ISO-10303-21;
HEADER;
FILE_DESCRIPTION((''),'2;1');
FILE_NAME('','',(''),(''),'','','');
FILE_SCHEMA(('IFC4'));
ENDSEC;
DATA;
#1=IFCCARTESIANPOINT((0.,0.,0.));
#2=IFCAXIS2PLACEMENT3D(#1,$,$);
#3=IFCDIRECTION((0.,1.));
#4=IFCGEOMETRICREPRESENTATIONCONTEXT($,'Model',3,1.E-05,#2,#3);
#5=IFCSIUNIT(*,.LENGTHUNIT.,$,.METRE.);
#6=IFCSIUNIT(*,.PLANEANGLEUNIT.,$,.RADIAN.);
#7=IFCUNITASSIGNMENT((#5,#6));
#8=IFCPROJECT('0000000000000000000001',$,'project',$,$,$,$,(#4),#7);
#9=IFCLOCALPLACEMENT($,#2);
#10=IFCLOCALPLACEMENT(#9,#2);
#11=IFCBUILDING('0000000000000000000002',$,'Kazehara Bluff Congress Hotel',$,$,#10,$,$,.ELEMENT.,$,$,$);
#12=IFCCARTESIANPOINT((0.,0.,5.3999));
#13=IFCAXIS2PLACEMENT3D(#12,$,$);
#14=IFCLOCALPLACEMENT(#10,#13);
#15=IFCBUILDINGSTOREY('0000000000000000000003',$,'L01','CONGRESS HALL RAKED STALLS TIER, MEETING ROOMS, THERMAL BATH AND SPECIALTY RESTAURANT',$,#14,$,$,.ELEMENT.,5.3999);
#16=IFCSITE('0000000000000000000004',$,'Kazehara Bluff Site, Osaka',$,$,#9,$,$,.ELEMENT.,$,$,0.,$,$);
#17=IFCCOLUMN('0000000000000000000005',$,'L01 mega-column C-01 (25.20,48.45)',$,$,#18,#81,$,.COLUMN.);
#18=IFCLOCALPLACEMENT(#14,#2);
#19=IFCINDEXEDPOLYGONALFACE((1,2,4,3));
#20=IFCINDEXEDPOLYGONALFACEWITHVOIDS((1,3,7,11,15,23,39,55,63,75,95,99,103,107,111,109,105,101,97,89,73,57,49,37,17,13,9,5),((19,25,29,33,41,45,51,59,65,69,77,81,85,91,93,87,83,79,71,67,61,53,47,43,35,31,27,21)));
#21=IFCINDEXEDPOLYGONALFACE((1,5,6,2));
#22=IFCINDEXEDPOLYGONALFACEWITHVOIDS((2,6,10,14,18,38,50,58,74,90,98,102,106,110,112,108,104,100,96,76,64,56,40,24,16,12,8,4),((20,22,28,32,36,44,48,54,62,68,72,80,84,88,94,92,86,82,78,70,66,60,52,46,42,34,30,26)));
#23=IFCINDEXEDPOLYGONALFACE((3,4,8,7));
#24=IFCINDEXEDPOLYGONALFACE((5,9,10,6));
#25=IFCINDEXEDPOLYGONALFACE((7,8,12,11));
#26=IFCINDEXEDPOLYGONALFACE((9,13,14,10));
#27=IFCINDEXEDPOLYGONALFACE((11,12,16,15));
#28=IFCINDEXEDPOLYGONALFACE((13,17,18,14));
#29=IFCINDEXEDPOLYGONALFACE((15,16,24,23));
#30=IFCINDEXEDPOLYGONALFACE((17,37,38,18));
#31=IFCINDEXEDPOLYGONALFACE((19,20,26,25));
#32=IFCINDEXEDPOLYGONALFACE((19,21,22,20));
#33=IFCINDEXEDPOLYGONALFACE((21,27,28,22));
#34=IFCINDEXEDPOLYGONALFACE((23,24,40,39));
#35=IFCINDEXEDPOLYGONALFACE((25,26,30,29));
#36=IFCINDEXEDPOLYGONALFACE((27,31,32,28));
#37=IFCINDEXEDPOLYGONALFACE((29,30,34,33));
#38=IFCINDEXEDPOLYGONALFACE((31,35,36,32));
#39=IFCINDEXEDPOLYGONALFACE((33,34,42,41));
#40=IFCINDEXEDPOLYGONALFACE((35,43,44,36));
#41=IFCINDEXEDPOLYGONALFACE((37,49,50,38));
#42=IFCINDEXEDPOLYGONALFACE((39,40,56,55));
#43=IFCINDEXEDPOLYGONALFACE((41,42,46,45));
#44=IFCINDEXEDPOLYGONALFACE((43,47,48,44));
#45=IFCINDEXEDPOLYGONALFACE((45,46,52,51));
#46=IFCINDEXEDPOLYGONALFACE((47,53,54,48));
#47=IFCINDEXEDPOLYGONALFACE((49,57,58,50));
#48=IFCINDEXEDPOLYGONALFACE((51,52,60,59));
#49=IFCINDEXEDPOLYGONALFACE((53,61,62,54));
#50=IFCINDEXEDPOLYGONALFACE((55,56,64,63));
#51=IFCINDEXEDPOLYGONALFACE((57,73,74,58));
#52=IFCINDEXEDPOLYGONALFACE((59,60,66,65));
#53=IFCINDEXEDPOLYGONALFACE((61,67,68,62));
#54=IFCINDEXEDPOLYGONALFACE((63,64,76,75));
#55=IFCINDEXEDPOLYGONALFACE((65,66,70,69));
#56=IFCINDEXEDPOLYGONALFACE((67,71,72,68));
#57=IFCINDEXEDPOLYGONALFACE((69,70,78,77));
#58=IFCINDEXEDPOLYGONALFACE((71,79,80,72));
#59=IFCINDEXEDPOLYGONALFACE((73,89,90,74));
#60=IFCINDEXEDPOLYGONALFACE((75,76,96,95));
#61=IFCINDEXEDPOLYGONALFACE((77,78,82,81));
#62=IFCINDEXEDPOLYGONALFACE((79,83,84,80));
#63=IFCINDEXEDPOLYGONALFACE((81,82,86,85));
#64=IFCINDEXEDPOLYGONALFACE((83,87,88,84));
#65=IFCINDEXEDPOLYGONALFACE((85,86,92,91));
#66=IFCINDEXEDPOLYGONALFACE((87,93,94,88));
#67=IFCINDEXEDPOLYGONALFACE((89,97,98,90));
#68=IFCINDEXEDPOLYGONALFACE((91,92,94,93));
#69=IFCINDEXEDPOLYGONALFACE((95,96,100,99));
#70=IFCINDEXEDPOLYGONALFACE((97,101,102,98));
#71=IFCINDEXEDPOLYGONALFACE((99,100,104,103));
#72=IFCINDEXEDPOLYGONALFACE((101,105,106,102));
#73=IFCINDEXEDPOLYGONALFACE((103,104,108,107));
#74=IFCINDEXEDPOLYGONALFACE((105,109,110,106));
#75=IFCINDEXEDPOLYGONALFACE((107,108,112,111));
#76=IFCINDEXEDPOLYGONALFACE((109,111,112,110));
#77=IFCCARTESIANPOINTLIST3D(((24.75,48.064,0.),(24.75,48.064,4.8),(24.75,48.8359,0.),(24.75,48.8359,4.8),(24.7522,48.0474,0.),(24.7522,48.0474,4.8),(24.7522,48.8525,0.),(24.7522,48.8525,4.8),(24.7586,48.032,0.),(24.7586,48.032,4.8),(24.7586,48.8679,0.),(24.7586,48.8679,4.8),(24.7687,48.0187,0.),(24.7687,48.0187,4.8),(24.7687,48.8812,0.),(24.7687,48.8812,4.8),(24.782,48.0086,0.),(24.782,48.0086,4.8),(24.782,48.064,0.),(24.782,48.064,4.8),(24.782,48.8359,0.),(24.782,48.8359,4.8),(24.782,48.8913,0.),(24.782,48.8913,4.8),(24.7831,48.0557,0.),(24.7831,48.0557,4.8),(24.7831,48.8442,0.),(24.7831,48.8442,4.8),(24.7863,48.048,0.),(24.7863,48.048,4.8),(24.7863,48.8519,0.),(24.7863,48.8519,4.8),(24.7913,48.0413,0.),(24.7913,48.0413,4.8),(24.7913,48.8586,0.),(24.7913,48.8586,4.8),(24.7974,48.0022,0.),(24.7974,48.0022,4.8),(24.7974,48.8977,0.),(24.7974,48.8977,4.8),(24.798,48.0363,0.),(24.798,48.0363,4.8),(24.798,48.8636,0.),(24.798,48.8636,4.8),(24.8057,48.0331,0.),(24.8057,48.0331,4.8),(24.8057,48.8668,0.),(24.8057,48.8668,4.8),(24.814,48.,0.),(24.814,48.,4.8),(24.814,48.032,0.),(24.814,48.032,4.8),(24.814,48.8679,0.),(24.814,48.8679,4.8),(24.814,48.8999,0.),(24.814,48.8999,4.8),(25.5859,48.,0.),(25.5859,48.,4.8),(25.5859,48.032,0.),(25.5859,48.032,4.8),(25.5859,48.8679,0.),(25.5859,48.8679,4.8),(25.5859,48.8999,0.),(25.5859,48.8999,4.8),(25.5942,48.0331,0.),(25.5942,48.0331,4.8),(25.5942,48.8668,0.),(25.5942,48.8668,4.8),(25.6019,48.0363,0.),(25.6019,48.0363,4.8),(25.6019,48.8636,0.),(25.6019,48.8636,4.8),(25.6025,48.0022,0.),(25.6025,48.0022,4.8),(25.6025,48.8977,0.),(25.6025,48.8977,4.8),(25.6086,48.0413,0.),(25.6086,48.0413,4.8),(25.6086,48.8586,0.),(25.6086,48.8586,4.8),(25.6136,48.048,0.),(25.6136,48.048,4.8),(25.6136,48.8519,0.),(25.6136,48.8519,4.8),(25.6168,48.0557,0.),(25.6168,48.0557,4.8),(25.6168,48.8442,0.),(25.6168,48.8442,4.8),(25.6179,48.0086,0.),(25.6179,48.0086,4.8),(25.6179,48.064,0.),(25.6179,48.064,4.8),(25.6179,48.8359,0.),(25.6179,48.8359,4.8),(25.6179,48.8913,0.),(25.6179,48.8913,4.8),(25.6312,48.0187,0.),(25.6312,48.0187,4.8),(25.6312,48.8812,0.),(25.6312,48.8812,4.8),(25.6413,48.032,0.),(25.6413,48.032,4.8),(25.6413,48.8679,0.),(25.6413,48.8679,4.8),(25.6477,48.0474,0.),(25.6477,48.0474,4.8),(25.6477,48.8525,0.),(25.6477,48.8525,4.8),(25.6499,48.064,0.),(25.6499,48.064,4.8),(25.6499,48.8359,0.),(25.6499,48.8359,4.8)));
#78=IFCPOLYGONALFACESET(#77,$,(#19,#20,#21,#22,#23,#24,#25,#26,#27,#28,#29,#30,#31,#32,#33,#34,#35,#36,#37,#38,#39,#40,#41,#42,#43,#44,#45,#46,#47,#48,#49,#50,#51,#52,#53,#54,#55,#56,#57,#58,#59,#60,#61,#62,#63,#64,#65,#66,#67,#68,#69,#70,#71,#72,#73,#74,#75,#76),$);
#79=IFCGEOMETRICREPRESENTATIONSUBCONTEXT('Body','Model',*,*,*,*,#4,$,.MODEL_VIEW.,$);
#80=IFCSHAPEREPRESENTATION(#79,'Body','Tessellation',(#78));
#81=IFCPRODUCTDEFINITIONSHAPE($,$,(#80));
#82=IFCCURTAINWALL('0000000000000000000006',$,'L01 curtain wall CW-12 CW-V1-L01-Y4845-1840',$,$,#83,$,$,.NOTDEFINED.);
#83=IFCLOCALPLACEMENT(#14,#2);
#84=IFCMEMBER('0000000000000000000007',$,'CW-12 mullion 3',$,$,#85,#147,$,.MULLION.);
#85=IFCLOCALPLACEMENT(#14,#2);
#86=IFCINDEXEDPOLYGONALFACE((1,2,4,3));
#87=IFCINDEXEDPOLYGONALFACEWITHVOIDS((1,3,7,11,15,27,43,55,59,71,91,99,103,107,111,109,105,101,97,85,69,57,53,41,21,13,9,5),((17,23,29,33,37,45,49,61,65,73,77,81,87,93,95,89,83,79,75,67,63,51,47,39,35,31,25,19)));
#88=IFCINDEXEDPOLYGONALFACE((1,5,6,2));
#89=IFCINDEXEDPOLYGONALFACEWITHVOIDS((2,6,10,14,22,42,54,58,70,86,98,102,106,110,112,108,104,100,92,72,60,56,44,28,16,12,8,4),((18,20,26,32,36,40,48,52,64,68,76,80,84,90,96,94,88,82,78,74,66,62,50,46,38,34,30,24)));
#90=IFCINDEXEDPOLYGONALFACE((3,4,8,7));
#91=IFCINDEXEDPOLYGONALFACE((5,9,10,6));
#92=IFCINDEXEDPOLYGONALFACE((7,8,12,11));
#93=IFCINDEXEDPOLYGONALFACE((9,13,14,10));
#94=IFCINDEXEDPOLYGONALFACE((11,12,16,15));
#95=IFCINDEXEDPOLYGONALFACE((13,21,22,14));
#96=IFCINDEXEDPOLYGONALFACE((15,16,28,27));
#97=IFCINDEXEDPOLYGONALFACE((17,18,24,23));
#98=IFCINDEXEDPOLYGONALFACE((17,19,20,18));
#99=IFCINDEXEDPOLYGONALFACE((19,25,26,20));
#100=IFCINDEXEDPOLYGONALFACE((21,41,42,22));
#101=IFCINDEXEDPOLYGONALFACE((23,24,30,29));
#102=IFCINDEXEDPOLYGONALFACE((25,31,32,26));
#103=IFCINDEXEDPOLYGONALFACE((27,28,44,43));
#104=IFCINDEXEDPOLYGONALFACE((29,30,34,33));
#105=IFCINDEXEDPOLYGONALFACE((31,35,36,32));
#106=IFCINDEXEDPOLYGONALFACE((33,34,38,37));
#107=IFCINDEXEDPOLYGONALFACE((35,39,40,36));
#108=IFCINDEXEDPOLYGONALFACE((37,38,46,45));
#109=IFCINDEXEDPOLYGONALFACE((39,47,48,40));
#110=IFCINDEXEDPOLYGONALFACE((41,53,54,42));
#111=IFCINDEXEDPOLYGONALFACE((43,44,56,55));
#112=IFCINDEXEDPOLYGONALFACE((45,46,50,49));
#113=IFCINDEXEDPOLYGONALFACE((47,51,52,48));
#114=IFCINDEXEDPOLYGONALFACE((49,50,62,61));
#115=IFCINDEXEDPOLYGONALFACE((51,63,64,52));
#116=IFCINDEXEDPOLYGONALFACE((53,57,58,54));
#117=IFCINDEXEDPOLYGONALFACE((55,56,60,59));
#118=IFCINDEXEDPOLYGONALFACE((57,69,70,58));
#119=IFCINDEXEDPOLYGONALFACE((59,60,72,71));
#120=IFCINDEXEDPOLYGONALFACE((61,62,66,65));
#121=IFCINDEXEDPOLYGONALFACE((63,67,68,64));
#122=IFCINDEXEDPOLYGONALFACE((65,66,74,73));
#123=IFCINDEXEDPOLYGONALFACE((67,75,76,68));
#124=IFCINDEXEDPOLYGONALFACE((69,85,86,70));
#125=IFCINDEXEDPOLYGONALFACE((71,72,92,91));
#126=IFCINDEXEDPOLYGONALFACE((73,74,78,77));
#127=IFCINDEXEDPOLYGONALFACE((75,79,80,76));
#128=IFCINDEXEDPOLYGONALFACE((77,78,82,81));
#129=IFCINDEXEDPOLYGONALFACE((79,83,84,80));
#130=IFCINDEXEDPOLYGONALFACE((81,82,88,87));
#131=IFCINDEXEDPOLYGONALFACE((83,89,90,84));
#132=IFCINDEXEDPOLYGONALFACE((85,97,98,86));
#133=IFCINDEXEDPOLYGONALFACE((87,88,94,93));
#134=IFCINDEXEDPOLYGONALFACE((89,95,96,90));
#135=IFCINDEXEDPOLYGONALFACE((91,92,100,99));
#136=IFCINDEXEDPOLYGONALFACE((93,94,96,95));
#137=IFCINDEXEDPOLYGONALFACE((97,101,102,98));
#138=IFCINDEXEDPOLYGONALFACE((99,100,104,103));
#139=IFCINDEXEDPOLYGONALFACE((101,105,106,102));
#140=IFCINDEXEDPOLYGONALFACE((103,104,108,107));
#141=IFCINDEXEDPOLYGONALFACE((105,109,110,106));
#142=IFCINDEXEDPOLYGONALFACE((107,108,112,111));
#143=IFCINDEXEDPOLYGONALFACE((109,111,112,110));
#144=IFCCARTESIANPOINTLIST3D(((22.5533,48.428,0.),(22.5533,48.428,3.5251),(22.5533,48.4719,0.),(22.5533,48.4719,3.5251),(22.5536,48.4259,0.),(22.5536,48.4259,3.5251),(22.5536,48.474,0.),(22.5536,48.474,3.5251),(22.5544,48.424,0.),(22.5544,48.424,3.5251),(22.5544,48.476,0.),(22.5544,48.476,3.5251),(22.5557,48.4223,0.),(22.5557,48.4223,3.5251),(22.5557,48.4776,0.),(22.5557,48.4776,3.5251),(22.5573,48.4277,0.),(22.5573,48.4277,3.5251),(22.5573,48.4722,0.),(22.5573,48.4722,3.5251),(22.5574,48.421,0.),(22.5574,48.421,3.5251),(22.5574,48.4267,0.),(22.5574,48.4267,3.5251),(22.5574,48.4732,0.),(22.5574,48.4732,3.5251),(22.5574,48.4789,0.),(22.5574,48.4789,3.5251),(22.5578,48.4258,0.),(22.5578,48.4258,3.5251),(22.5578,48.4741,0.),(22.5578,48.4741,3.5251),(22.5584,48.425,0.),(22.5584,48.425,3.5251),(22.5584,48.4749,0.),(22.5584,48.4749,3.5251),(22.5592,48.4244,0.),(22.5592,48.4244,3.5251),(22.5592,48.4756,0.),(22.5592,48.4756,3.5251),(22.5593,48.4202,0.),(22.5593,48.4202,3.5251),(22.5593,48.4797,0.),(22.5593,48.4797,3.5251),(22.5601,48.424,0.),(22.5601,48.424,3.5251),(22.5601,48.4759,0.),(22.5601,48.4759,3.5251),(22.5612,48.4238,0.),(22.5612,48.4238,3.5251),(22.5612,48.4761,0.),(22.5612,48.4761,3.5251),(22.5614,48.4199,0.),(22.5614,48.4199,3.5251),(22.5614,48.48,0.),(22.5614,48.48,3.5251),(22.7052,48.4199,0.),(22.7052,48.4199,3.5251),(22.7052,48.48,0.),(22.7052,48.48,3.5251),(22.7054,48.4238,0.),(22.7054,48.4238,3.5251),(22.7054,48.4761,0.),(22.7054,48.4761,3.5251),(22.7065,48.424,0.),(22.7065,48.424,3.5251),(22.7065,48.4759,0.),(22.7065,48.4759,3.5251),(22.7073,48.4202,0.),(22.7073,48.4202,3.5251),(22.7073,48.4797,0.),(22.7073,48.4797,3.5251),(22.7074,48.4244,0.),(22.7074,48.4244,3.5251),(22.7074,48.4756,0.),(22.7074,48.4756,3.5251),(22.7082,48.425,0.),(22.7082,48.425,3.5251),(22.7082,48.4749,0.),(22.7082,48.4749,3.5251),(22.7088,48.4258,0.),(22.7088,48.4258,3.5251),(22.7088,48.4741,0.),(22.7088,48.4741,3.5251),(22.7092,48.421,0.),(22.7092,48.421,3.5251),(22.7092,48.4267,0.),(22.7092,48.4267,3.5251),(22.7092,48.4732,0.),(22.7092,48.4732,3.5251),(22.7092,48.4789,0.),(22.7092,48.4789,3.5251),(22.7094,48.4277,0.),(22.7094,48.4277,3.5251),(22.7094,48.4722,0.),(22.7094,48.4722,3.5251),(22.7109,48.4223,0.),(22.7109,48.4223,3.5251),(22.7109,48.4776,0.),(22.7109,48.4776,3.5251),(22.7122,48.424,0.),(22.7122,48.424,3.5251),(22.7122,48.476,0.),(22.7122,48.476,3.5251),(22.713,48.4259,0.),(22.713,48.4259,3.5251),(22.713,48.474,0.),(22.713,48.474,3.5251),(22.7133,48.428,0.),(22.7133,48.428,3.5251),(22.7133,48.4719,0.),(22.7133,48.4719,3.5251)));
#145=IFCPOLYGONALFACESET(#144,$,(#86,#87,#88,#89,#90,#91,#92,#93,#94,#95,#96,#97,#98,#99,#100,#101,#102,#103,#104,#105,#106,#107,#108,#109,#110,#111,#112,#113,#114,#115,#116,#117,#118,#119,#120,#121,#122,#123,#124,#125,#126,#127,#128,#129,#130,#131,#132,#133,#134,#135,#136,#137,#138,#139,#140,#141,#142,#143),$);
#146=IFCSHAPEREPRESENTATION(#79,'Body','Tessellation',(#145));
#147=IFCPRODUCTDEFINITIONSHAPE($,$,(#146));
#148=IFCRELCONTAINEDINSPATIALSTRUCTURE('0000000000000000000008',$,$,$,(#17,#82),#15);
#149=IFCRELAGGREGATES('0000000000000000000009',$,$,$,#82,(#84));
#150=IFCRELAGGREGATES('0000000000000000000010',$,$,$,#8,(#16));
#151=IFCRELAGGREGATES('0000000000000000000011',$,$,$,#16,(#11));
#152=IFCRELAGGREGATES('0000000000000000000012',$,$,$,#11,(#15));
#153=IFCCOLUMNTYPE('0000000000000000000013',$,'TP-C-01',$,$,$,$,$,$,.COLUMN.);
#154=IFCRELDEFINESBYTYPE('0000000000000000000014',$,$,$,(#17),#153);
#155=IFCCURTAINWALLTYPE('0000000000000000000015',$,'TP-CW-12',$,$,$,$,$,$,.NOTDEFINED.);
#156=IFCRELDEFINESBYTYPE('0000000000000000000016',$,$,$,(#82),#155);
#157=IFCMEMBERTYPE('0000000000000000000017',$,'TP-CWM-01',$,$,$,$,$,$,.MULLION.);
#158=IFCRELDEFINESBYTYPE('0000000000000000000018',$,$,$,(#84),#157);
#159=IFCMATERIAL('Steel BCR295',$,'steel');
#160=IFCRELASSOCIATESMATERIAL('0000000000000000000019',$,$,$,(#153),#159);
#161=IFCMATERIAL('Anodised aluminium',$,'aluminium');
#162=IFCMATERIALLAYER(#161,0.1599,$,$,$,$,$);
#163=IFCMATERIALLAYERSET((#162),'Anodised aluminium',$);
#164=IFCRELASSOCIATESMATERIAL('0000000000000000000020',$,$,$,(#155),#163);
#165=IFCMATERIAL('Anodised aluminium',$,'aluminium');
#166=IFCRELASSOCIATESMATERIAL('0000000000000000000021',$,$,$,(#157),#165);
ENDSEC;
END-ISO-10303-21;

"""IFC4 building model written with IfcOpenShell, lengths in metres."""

from ifc_helpers import new_model, si_unit, direction, frame, origin, origin_2d, place, context, subcontext, project, spatial, hollow_rectangle, extrude, material, layer, layer_set, material_profile, profile_set, type_object, element, aggregate, save


model = new_model("IFC4")

# Units and contexts
model_context = context("Model", 3, precision=1e-05, world=origin(), true_north=direction((0.0, 1.0)))
body_context = subcontext(model_context, "Body", "Model", "MODEL_VIEW")
ifc_project = project(units=[si_unit("LENGTHUNIT", "METRE"), si_unit("PLANEANGLEUNIT", "RADIAN")], contexts=[model_context])

# Site, building, storey
site_placement = place(None, origin())
site = spatial("IfcSite", under=ifc_project, at=site_placement, Name="Kazehara Bluff Site, Osaka", CompositionType="ELEMENT", RefElevation=0.0)
building_placement = place(site_placement, origin())
building = spatial("IfcBuilding", under=site, at=building_placement, Name="Kazehara Bluff Congress Hotel", CompositionType="ELEMENT")
storey_placement = place(building_placement, frame((0.0, 0.0, 5.3999)))
storey = spatial("IfcBuildingStorey", under=building, at=storey_placement, Name="L01", Description="CONGRESS HALL RAKED STALLS TIER, MEETING ROOMS, THERMAL BATH AND SPECIALTY RESTAURANT", CompositionType="ELEMENT", Elevation=5.3999)

# Column
ifc_material_1 = material(Name="Steel BCR295", Category="steel")
ifc_material_profile_1 = material_profile(ifc_material_1, hollow_rectangle(XDim=0.8999, YDim=0.8999, WallThickness=0.032, InnerFilletRadius=0.032, OuterFilletRadius=0.064, at=origin_2d()))
ifc_profile_set_1 = profile_set([ifc_material_profile_1], Name="Steel BCR295")
column_type = type_object("IfcColumnType", Name="TP-C-01", PredefinedType="COLUMN", material=ifc_profile_set_1)
column_placement = place(storey_placement, frame((25.2, 48.45, 0.0), z_axis=(0.0, 0.0, 1.0), x_axis=(1.0, 0.0, 0.0)))
element("IfcColumn", 1, at=column_placement, inside=storey, type_object=column_type, Name="L01 mega-column C-01 (25.20,48.45)", PredefinedType="COLUMN", context=body_context, shape_type="SweptSolid", body=[
    extrude(hollow_rectangle(XDim=0.8999, YDim=0.8999, WallThickness=0.032, InnerFilletRadius=0.032, OuterFilletRadius=0.064, at=origin_2d()), origin(), (0.0, 0.0, 1.0), 4.8),
])

# Curtain wall, member
ifc_material_2 = material(Name="Anodised aluminium", Category="aluminium")
ifc_layer_1 = layer(ifc_material_2, 0.1599)
ifc_layer_set_1 = layer_set([ifc_layer_1], Name="Anodised aluminium")
curtain_wall_type_1 = type_object("IfcCurtainWallType", Name="TP-CW-12", PredefinedType="NOTDEFINED", material=ifc_layer_set_1)
curtain_wall_1_placement = place(storey_placement, origin())
curtain_wall_1 = element("IfcCurtainWall", 2, at=curtain_wall_1_placement, inside=storey, type_object=curtain_wall_type_1, Name="L01 curtain wall CW-12 CW-V1-L01-Y4845-1840", PredefinedType="NOTDEFINED")
ifc_material_3 = material(Name="Anodised aluminium", Category="aluminium")
ifc_material_profile_2 = material_profile(ifc_material_3, hollow_rectangle(XDim=0.0601, YDim=0.1599, WallThickness=0.0039, InnerFilletRadius=0.0039, OuterFilletRadius=0.0081, at=origin_2d()))
ifc_profile_set_2 = profile_set([ifc_material_profile_2], Name="Anodised aluminium")
member_type_1 = type_object("IfcMemberType", Name="TP-CWM-01", PredefinedType="MULLION", material=ifc_profile_set_2)
member_1_placement = place(storey_placement, frame((22.6333, 48.45, 0.0), z_axis=(0.0, 0.0, 1.0), x_axis=(0.0, 1.0, 0.0)))
member_1 = element("IfcMember", 3, at=member_1_placement, type_object=member_type_1, Name="CW-12 mullion 3", PredefinedType="MULLION", context=body_context, shape_type="SweptSolid", body=[
    extrude(hollow_rectangle(XDim=0.0601, YDim=0.1599, WallThickness=0.0039, InnerFilletRadius=0.0039, OuterFilletRadius=0.0081, at=origin_2d()), origin(), (0.0, 0.0, 1.0), 3.5251),
])

aggregate(curtain_wall_1, [member_1])

save(model, "model.ifc")
